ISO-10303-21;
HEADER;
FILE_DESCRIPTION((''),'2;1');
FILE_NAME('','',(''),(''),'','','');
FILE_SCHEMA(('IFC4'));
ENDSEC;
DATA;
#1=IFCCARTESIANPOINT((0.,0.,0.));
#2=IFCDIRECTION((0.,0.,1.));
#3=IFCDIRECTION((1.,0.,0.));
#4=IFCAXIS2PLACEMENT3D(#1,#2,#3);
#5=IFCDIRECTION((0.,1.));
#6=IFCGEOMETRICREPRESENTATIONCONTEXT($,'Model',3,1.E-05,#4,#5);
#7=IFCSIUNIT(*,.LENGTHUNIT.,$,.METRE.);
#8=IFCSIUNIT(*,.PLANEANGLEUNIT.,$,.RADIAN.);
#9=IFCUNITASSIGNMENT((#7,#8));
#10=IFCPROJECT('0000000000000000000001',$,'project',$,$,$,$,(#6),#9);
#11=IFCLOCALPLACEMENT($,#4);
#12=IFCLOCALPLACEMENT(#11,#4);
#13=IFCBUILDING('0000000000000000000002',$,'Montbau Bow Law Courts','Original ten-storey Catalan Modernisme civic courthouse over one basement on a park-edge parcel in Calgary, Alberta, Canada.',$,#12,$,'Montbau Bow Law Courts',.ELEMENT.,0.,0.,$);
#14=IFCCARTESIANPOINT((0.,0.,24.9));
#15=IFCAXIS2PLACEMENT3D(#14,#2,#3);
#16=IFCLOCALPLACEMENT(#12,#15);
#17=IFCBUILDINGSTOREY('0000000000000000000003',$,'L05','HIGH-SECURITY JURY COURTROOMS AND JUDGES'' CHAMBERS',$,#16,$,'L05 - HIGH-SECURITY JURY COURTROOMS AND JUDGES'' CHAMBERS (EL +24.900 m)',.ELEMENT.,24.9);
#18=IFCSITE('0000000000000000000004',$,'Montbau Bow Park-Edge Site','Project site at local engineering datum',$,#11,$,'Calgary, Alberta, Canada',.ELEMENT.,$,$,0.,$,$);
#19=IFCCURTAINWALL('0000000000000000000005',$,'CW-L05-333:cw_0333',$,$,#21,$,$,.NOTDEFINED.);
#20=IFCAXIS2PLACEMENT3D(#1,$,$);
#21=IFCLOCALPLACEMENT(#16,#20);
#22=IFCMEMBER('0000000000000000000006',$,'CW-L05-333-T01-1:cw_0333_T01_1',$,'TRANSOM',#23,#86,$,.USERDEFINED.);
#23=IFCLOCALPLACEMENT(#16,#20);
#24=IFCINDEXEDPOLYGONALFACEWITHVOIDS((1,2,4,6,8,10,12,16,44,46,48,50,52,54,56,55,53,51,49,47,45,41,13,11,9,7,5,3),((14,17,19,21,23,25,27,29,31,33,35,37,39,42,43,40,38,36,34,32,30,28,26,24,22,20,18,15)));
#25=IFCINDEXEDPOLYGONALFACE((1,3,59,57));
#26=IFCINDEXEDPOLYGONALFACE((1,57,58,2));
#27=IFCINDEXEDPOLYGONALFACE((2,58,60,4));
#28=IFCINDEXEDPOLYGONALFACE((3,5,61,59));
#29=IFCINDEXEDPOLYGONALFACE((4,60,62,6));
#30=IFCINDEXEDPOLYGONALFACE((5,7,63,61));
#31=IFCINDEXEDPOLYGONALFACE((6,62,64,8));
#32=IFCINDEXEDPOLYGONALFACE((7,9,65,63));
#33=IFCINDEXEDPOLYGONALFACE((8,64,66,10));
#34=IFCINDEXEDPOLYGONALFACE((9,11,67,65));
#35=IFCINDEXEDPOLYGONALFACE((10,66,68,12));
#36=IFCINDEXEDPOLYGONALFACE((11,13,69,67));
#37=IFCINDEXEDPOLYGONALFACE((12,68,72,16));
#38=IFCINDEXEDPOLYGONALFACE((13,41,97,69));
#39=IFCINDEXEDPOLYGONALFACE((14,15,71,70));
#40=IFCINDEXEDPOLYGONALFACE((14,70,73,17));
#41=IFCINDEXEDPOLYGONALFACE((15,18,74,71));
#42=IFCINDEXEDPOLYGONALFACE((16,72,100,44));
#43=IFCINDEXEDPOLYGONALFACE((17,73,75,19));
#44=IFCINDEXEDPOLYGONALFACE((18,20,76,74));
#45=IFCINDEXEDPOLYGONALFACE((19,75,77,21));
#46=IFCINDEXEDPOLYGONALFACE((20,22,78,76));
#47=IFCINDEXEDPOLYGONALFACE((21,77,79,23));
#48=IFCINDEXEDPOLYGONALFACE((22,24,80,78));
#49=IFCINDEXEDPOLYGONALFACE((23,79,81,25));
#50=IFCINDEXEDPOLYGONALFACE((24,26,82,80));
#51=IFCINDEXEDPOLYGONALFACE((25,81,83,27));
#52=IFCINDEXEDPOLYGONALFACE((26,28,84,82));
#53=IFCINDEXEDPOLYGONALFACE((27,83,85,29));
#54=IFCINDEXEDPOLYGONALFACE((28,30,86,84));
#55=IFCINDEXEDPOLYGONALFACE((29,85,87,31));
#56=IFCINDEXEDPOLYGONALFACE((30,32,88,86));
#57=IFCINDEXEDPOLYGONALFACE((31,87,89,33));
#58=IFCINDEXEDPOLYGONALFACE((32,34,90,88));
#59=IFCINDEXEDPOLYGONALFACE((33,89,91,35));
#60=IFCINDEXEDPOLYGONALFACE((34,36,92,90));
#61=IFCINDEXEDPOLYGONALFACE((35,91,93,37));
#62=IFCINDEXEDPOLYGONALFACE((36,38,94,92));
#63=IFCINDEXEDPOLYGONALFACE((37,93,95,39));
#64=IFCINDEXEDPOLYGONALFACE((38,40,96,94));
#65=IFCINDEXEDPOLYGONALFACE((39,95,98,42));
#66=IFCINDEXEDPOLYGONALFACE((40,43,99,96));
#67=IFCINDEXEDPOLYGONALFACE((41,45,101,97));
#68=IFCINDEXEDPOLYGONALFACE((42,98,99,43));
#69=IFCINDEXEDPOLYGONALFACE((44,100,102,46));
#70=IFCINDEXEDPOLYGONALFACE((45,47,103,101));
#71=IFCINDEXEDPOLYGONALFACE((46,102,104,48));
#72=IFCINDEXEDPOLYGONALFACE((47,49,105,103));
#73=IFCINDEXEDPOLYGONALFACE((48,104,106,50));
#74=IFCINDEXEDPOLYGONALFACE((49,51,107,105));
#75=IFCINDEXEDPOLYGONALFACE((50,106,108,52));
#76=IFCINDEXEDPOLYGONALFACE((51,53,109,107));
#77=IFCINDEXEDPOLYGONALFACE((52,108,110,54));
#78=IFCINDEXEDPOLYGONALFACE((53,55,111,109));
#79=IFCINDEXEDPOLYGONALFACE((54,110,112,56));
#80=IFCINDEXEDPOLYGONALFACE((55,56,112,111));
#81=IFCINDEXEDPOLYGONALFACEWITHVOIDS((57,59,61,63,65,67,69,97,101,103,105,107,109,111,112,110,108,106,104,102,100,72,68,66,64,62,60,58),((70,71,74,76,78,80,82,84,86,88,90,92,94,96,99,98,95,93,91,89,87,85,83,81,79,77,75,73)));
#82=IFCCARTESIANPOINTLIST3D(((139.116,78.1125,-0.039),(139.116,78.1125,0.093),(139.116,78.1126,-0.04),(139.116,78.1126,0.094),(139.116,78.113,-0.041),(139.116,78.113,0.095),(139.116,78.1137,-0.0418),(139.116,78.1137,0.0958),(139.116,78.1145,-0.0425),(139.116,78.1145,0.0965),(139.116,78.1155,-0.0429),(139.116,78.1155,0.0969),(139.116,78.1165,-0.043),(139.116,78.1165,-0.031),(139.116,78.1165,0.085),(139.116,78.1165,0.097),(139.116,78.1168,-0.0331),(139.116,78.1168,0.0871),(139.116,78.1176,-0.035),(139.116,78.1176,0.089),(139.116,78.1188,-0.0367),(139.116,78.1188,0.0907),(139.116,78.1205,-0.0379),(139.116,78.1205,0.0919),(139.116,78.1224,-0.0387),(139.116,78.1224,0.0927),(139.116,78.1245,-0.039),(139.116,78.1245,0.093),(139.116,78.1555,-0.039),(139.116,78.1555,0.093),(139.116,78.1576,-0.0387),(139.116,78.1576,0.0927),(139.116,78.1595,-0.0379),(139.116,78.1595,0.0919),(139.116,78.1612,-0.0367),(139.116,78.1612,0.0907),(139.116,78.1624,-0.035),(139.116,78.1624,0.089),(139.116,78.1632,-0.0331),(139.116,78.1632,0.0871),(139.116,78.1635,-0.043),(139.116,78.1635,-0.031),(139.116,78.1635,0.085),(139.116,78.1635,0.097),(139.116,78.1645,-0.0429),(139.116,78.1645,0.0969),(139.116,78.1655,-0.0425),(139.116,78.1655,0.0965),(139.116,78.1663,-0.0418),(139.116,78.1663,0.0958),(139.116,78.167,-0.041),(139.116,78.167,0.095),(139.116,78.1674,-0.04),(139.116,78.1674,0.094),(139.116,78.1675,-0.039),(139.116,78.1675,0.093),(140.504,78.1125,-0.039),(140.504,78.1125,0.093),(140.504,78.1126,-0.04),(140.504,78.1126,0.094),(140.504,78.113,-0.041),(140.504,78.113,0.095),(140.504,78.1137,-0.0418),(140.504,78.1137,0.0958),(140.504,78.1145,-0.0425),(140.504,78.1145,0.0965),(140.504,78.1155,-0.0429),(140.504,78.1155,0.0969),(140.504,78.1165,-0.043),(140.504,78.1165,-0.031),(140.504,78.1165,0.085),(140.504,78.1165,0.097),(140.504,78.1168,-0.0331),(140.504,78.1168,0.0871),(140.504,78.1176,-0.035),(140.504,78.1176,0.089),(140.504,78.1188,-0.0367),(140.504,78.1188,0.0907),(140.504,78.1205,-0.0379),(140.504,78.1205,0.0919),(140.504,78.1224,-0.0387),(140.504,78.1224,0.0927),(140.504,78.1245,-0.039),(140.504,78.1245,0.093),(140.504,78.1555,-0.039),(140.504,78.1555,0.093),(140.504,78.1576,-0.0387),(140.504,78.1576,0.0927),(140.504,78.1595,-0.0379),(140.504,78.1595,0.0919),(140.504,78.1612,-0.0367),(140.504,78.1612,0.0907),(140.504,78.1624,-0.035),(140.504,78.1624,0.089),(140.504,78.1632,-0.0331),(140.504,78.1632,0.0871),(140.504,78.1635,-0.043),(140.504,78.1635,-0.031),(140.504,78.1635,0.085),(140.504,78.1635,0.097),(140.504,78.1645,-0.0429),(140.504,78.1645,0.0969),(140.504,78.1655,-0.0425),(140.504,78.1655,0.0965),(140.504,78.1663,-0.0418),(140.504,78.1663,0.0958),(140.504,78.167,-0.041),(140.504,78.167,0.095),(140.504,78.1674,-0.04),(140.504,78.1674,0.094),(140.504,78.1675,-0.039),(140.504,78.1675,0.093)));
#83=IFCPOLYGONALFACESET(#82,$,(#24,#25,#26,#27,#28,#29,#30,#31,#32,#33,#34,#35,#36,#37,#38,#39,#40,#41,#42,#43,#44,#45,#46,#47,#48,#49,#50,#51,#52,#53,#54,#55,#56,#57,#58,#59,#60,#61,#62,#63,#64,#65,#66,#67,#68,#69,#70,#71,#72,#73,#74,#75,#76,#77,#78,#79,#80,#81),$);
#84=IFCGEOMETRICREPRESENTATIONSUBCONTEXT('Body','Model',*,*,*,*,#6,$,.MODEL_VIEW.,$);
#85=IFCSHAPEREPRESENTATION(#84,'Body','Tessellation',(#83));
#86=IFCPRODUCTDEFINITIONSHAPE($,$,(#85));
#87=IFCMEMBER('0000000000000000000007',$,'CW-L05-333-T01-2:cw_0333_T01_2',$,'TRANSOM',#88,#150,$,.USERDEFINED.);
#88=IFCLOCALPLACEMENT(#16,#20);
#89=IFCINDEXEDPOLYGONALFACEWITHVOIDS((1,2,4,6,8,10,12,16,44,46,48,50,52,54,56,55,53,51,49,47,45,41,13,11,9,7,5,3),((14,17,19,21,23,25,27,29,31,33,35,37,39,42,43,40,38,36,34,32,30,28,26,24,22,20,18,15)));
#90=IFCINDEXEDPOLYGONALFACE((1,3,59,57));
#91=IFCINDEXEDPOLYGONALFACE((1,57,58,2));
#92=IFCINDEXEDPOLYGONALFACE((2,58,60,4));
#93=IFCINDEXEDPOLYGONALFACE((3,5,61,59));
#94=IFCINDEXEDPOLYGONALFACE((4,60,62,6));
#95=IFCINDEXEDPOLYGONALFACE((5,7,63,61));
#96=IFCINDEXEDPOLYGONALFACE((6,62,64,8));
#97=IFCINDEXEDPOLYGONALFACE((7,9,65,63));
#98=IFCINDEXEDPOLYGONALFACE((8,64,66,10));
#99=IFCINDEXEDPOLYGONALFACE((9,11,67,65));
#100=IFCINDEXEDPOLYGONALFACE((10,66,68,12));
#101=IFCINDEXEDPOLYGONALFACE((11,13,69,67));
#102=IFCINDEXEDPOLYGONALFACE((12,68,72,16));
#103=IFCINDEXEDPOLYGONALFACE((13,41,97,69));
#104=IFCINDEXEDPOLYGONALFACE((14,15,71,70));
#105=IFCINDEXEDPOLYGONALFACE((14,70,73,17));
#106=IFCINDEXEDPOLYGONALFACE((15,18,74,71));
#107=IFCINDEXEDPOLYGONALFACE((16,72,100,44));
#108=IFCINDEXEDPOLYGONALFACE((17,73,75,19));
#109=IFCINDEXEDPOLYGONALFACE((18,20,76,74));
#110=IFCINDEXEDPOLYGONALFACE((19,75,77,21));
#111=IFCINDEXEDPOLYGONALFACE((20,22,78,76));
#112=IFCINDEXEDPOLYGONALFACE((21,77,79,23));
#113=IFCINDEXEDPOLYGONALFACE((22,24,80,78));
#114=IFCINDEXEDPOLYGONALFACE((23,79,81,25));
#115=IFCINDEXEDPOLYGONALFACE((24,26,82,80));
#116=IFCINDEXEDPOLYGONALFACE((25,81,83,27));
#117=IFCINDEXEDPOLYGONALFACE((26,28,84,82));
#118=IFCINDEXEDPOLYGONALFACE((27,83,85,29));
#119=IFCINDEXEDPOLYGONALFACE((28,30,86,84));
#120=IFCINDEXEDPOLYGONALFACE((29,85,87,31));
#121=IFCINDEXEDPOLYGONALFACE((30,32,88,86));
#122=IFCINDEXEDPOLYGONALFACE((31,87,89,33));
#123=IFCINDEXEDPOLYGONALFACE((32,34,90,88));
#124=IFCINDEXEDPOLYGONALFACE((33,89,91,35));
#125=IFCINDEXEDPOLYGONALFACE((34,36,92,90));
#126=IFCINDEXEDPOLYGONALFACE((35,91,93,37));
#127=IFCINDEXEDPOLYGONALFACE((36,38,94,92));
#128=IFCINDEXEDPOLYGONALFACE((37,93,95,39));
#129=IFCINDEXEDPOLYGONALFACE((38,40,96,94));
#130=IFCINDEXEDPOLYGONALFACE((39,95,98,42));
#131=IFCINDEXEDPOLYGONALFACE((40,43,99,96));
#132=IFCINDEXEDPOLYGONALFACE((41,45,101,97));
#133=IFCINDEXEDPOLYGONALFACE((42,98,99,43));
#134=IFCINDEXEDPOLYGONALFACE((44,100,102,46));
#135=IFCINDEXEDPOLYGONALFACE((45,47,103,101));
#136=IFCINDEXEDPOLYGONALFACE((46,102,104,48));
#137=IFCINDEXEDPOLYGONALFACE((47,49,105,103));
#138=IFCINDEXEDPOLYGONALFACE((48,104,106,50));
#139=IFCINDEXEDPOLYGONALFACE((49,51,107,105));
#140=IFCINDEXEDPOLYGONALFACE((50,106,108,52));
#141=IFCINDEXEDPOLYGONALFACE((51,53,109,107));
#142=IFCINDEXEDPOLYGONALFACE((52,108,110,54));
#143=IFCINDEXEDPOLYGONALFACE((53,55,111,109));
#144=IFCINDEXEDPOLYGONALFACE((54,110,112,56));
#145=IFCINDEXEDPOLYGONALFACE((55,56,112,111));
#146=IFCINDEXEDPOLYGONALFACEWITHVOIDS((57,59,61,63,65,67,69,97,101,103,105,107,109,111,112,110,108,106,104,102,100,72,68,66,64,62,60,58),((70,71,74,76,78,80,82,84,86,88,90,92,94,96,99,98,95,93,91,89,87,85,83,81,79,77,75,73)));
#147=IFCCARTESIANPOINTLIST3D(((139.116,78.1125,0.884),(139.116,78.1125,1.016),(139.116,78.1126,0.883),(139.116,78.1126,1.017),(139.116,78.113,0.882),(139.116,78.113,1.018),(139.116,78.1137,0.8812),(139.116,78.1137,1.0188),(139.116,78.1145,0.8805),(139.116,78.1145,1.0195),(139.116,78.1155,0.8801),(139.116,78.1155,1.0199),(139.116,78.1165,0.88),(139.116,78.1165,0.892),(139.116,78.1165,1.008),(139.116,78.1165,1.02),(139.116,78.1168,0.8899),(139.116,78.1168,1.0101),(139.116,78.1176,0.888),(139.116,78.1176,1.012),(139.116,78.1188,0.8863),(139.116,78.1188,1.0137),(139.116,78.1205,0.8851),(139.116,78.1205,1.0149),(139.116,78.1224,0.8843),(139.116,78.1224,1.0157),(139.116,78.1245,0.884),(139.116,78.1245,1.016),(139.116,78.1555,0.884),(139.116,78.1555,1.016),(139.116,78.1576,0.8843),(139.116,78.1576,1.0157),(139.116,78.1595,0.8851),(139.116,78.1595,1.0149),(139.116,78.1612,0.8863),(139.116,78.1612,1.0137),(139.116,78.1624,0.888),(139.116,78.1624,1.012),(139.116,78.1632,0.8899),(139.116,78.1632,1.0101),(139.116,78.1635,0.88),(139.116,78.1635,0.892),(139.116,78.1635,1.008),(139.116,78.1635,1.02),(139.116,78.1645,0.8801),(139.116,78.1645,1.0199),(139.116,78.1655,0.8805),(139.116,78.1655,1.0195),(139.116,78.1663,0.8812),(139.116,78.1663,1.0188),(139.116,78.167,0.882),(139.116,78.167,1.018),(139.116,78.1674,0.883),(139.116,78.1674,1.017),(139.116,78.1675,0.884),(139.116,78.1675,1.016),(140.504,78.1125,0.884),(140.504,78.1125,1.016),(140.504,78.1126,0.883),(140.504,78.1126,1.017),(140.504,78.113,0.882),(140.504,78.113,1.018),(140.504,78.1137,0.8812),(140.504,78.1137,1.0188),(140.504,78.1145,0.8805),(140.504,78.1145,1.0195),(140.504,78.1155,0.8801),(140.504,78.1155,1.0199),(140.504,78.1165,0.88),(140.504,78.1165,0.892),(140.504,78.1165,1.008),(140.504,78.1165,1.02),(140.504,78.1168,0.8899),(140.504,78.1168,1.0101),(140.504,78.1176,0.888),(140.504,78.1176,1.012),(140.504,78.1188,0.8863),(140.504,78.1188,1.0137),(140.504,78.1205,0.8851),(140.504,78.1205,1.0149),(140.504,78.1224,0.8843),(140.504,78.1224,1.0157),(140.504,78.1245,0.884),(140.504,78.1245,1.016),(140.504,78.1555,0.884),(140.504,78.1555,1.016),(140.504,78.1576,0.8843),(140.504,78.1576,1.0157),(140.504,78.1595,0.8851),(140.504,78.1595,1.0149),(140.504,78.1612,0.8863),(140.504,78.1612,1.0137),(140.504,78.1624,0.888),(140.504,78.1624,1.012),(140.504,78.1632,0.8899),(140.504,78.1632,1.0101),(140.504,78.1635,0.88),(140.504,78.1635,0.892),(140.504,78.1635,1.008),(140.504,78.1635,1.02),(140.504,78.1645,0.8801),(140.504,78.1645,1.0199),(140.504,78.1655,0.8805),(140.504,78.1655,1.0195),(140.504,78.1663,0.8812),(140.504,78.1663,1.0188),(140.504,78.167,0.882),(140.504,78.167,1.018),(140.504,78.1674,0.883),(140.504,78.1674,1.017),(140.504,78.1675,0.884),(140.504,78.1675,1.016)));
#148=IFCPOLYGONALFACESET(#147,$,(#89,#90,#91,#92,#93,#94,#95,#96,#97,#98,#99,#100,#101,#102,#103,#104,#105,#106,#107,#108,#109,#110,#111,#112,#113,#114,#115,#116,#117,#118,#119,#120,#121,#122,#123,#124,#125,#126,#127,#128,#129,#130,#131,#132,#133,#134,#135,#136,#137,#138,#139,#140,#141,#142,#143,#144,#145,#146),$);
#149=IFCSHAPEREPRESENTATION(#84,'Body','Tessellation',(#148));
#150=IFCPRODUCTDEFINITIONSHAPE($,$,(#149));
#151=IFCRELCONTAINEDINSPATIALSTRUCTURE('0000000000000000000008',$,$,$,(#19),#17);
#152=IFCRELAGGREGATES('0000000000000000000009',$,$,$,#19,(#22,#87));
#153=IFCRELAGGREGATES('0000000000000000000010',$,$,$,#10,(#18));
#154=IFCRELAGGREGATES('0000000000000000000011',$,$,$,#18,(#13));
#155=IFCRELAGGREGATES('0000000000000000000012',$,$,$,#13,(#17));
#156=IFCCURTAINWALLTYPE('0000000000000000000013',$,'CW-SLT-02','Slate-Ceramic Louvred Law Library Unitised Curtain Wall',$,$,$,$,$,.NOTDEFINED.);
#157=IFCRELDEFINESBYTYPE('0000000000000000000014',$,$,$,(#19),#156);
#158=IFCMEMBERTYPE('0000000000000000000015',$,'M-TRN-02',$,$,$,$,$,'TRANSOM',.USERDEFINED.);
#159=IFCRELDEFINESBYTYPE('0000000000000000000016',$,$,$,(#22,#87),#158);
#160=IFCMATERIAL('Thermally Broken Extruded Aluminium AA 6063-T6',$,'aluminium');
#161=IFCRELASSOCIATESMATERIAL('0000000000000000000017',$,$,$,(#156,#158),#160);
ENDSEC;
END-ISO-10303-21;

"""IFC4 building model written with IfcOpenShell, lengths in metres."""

from ifc_helpers import new_model, si_unit, direction, frame, origin_with_axes, origin_2d_with_axis, place, context, subcontext, project, spatial, hollow_rectangle, extrude, material, material_profile, profile_set, type_object, element, aggregate, save


model = new_model("IFC4")

# Units and contexts
model_context = context("Model", 3, precision=1e-05, world=origin_with_axes(), true_north=direction((0.0, 1.0)))
body_context = subcontext(model_context, "Body", "Model", "MODEL_VIEW")
ifc_project = project(units=[si_unit("LENGTHUNIT", "METRE"), si_unit("PLANEANGLEUNIT", "RADIAN")], contexts=[model_context])

# Site, building, storey
site_placement = place(None, origin_with_axes())
site = spatial("IfcSite", under=ifc_project, at=site_placement, Name="Montbau Bow Park-Edge Site", Description="Project site at local engineering datum", LongName="Calgary, Alberta, Canada", CompositionType="ELEMENT", RefElevation=0.0)
building_placement = place(site_placement, origin_with_axes())
building = spatial("IfcBuilding", under=site, at=building_placement, Name="Montbau Bow Law Courts", Description="Original ten-storey Catalan Modernisme civic courthouse over one basement on a park-edge parcel in Calgary, Alberta, Canada.", LongName="Montbau Bow Law Courts", CompositionType="ELEMENT", ElevationOfRefHeight=0.0, ElevationOfTerrain=0.0)
storey_placement = place(building_placement, frame((0.0, 0.0, 24.9), z_axis=(0.0, 0.0, 1.0), x_axis=(1.0, 0.0, 0.0)))
storey = spatial("IfcBuildingStorey", under=building, at=storey_placement, Name="L05", Description="HIGH-SECURITY JURY COURTROOMS AND JUDGES' CHAMBERS", LongName="L05 - HIGH-SECURITY JURY COURTROOMS AND JUDGES' CHAMBERS (EL +24.900 m)", CompositionType="ELEMENT", Elevation=24.9)

# Curtain wall, members
ifc_material_1 = material(Name="Thermally Broken Extruded Aluminium AA 6063-T6", Category="aluminium")
curtain_wall_type = type_object("IfcCurtainWallType", Name="CW-SLT-02", Description="Slate-Ceramic Louvred Law Library Unitised Curtain Wall", PredefinedType="NOTDEFINED", material=ifc_material_1)
curtain_wall_1_placement = place(None, frame((139.04, 78.14, 24.9), z_axis=(0.0, 0.0, 1.0), x_axis=(1.0, 0.0, 0.0)))
curtain_wall_1 = element("IfcCurtainWall", 1, at=curtain_wall_1_placement, inside=storey, type_object=curtain_wall_type, Name="CW-L05-333:cw_0333", PredefinedType="NOTDEFINED")
ifc_material_profile = material_profile(ifc_material_1, hollow_rectangle(XDim=0.055, YDim=0.14, WallThickness=0.004, InnerFilletRadius=0.008, OuterFilletRadius=0.004, at=origin_2d_with_axis()), Name="CWT-140X55", Category="Main", Priority=0)
ifc_profile_set = profile_set([ifc_material_profile], Name="Thermally Broken Extruded Aluminium AA 6063-T6")
member_type = type_object("IfcMemberType", Name="M-TRN-02", ElementType="TRANSOM", PredefinedType="USERDEFINED", material=ifc_profile_set)
member_1_placement = place(None, frame((139.116, 78.14, 24.927), z_axis=(1.0, 0.0, 0.0), x_axis=(0.0, 1.0, 0.0)))
member_1 = element("IfcMember", 2, at=member_1_placement, type_object=member_type, Name="CW-L05-333-T01-1:cw_0333_T01_1", ObjectType="TRANSOM", PredefinedType="USERDEFINED", context=body_context, shape_type="SweptSolid", body=[
    extrude(hollow_rectangle(XDim=0.055, YDim=0.14, WallThickness=0.004, InnerFilletRadius=0.008, OuterFilletRadius=0.004, at=origin_2d_with_axis()), origin_with_axes(), (0.0, 0.0, 1.0), 1.388),
])
member_2_placement = place(None, frame((139.116, 78.14, 25.85), z_axis=(1.0, 0.0, 0.0), x_axis=(0.0, 1.0, 0.0)))
member_2 = element("IfcMember", 3, at=member_2_placement, type_object=member_type, Name="CW-L05-333-T01-2:cw_0333_T01_2", ObjectType="TRANSOM", PredefinedType="USERDEFINED", context=body_context, shape_type="SweptSolid", body=[
    extrude(hollow_rectangle(XDim=0.055, YDim=0.14, WallThickness=0.004, InnerFilletRadius=0.008, OuterFilletRadius=0.004, at=origin_2d_with_axis()), origin_with_axes(), (0.0, 0.0, 1.0), 1.388),
])

aggregate(curtain_wall_1, [member_1, member_2])

save(model, "model.ifc")
